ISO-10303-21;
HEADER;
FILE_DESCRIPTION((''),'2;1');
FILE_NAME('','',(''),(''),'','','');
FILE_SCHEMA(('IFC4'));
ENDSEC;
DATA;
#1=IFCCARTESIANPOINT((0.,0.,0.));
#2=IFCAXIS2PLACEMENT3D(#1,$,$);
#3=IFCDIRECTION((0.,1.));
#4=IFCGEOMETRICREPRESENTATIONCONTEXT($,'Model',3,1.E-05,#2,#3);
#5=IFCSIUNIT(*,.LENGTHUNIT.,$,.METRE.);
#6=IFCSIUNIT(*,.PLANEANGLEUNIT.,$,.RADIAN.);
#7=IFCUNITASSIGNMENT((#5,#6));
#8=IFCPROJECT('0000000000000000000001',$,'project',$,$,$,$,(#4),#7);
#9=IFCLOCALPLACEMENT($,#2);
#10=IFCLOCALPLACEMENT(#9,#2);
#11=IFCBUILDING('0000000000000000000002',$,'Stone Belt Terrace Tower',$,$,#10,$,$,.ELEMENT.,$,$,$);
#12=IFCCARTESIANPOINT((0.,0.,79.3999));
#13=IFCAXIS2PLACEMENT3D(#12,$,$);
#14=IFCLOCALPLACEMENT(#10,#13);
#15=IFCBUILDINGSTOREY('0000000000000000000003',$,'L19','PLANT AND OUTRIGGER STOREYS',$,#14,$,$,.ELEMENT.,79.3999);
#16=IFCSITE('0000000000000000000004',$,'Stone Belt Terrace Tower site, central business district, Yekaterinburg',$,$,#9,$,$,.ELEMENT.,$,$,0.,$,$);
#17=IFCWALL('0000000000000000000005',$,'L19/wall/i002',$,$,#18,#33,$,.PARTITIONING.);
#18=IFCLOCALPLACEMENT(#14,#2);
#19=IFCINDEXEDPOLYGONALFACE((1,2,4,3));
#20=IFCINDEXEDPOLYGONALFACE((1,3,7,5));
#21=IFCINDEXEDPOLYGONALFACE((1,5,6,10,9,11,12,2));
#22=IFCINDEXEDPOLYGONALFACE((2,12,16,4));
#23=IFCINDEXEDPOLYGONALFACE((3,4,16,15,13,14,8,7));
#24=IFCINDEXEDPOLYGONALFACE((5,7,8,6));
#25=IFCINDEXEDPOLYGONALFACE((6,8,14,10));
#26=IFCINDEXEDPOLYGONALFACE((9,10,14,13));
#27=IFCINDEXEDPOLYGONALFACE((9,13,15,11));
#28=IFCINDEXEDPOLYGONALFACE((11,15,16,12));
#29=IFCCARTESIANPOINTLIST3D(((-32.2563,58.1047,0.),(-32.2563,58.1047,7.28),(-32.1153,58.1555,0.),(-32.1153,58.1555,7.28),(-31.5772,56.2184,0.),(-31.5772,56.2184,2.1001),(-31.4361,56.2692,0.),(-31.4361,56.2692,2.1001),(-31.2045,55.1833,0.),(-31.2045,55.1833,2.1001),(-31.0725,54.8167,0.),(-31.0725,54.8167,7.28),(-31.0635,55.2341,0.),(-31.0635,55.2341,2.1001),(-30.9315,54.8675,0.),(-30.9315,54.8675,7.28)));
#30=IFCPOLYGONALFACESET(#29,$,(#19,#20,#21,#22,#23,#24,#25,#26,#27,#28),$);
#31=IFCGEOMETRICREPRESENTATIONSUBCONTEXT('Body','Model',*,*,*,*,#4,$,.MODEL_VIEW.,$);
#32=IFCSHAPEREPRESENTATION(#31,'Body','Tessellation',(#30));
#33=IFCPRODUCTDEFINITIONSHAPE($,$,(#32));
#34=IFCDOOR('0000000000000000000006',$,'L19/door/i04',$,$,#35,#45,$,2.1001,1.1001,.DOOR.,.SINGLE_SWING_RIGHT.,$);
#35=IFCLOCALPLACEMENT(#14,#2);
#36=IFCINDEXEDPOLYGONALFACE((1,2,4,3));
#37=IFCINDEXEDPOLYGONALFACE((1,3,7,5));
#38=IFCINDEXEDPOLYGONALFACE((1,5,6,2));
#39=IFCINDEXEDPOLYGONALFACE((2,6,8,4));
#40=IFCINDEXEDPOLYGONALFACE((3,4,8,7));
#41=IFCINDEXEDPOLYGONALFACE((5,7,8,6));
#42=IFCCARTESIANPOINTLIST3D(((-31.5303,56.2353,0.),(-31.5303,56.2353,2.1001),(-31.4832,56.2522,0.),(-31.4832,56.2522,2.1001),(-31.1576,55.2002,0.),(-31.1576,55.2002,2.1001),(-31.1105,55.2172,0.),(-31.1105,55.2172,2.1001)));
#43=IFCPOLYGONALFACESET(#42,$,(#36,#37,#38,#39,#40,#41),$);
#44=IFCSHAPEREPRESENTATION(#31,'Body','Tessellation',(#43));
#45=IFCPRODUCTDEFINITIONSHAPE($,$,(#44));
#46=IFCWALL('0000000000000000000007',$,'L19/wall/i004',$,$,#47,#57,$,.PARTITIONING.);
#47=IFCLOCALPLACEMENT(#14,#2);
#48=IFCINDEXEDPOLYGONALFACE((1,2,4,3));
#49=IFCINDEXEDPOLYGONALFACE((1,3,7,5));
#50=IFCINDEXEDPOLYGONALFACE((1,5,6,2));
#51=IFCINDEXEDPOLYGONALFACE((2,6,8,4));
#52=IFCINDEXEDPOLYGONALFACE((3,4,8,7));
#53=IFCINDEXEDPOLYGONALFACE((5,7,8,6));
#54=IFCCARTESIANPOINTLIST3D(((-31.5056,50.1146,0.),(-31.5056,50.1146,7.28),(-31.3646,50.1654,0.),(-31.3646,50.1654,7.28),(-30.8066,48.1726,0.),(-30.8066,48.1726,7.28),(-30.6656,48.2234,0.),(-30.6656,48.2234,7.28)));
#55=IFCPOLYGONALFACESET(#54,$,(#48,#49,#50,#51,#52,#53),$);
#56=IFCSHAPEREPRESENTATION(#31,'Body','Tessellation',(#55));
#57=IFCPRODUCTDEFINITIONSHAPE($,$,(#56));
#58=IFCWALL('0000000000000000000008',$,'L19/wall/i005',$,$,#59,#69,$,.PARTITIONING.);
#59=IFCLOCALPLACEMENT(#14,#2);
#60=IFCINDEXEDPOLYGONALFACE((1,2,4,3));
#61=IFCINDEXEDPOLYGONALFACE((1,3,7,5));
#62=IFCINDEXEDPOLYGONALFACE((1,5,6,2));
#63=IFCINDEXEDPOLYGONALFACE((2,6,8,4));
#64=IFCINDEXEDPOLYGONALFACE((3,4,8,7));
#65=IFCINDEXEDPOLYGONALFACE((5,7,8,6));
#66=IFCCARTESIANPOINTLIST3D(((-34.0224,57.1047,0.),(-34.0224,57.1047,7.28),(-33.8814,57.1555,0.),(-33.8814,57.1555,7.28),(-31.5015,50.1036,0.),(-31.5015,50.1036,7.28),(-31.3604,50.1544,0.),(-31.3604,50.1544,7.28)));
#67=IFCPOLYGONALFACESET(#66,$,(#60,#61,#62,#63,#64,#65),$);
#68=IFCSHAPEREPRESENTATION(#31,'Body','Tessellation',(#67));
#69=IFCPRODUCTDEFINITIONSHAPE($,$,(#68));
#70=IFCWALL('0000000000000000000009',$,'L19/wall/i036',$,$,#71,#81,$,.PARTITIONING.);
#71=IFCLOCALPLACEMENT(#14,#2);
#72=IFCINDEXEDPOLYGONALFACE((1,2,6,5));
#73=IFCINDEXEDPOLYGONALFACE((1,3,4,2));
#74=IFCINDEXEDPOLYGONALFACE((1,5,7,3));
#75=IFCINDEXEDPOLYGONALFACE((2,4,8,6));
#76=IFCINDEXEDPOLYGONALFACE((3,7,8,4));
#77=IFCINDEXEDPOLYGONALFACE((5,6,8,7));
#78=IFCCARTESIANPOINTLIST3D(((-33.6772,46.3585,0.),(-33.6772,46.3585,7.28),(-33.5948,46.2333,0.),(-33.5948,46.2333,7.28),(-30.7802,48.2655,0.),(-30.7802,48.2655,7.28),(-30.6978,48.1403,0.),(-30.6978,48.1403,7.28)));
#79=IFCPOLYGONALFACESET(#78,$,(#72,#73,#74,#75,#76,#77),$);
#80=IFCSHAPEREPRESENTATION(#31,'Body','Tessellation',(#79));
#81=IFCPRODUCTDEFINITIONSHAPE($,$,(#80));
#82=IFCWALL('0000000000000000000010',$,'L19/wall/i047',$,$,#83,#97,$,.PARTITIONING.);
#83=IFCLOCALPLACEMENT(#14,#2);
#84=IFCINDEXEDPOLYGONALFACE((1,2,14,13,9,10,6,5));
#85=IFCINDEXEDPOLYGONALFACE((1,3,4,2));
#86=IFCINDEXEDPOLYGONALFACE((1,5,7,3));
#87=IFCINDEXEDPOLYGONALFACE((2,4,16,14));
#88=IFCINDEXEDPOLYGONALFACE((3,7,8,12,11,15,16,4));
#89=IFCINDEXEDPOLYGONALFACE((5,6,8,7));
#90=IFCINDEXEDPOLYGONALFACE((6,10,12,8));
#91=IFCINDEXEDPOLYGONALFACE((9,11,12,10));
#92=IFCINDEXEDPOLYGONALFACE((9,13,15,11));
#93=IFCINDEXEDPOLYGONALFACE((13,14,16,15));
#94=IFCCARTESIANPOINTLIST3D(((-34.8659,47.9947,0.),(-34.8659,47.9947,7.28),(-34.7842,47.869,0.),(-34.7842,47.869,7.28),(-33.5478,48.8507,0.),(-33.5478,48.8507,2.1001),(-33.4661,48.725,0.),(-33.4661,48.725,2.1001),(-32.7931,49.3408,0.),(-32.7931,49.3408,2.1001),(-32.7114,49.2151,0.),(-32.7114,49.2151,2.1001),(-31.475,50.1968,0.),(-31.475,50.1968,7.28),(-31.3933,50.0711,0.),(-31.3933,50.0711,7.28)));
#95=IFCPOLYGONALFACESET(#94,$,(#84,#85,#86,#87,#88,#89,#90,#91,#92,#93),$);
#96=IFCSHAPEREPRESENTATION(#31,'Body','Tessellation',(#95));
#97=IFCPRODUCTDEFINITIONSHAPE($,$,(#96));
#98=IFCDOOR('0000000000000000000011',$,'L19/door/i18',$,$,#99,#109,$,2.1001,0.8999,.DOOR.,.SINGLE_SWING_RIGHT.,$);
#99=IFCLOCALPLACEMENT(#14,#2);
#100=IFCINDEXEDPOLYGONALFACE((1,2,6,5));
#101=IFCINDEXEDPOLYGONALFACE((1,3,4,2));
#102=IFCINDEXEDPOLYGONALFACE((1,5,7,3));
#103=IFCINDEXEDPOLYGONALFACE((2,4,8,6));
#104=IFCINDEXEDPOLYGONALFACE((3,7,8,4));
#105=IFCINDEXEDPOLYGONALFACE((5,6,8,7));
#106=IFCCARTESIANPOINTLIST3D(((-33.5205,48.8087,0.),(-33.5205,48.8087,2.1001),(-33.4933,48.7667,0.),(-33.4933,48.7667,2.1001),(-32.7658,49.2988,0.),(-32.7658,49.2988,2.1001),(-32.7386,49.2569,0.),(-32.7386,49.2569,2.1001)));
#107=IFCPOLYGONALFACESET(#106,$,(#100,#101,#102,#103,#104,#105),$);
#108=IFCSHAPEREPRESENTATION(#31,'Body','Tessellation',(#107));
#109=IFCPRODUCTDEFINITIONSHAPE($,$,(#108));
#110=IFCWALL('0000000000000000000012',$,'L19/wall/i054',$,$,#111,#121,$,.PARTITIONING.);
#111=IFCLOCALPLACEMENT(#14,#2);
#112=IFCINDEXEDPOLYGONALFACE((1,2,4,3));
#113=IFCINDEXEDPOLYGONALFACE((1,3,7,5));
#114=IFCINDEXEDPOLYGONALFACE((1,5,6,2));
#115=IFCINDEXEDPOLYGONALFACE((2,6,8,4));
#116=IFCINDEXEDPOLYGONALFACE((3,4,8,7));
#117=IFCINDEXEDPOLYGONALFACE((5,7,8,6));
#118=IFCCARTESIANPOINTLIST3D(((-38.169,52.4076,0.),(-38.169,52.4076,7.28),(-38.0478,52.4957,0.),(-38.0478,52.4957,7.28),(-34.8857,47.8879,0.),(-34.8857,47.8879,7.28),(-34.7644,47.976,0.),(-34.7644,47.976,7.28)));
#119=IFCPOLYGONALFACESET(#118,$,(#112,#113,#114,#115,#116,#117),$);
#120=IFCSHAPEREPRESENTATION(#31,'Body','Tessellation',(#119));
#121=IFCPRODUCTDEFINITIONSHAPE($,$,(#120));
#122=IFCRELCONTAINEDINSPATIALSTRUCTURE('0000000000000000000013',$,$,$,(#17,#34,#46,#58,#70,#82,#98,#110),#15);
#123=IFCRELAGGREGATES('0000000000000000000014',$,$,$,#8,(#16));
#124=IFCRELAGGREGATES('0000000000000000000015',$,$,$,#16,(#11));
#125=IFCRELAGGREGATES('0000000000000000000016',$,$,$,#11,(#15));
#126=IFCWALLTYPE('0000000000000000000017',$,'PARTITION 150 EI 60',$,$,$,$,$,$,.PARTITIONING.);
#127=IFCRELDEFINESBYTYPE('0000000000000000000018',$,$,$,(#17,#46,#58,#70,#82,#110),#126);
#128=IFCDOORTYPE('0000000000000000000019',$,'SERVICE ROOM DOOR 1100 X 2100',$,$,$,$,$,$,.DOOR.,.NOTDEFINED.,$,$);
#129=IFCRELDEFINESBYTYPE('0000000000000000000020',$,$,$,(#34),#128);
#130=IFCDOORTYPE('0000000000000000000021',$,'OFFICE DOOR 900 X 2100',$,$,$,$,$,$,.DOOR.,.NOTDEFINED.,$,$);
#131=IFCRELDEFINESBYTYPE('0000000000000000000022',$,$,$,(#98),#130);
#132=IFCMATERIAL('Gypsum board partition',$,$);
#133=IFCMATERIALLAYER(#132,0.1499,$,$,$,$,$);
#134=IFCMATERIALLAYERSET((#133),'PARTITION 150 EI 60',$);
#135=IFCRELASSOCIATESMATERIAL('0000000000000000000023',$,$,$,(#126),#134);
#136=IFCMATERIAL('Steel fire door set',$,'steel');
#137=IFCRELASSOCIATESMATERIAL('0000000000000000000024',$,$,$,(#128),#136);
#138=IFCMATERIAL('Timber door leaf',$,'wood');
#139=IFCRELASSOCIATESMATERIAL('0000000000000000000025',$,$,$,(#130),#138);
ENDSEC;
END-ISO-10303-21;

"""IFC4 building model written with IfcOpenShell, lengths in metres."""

from ifc_helpers import new_model, si_unit, direction, frame, frame_2d, origin, place, context, subcontext, project, spatial, rectangle, extrude, material, layer, layer_set, type_object, element, fill, save


model = new_model("IFC4")

# Units and contexts
model_context = context("Model", 3, precision=1e-05, world=origin(), true_north=direction((0.0, 1.0)))
body_context = subcontext(model_context, "Body", "Model", "MODEL_VIEW")
ifc_project = project(units=[si_unit("LENGTHUNIT", "METRE"), si_unit("PLANEANGLEUNIT", "RADIAN")], contexts=[model_context])

# Site, building, storey
site_placement = place(None, origin())
site = spatial("IfcSite", under=ifc_project, at=site_placement, Name="Stone Belt Terrace Tower site, central business district, Yekaterinburg", CompositionType="ELEMENT", RefElevation=0.0)
building_placement = place(site_placement, origin())
building = spatial("IfcBuilding", under=site, at=building_placement, Name="Stone Belt Terrace Tower", CompositionType="ELEMENT")
storey_placement = place(building_placement, frame((0.0, 0.0, 79.3999)))
storey = spatial("IfcBuildingStorey", under=building, at=storey_placement, Name="L19", Description="PLANT AND OUTRIGGER STOREYS", CompositionType="ELEMENT", Elevation=79.3999)

# Wall, opening, door
ifc_material_1 = material(Name="Gypsum board partition")
ifc_layer_1 = layer(ifc_material_1, 0.1499)
ifc_layer_set_1 = layer_set([ifc_layer_1], Name="PARTITION 150 EI 60")
wall_type_1 = type_object("IfcWallType", Name="PARTITION 150 EI 60", PredefinedType="PARTITIONING", material=ifc_layer_set_1)
wall_1_placement = place(storey_placement, frame((-32.1858, 58.1301, 0.0), z_axis=(0.0, 0.0, 1.0), x_axis=(0.338752, -0.940876, 0.0)))
wall_1 = element("IfcWall", 1, at=wall_1_placement, inside=storey, type_object=wall_type_1, Name="L19/wall/i002", PredefinedType="PARTITIONING", context=body_context, shape_type="SweptSolid", body=[
    extrude(rectangle(XDim=3.4946, YDim=0.1499, at=frame_2d((1.7473, 0.0))), origin(), (0.0, 0.0, 1.0), 7.28),
])
opening_1_placement = place(wall_1_placement, frame((2.0049, 0.0, 0.0)))
opening_1 = element("IfcOpeningElement", 2, at=opening_1_placement, cuts=wall_1, PredefinedType="OPENING", context=body_context, shape_type="SweptSolid", body=[
    extrude(rectangle(XDim=1.1001, YDim=2.1001, at=frame_2d((0.55, 1.05))), frame((0.0, 0.085, 0.0), z_axis=(0.0, -1.0, 0.0), x_axis=(1.0, 0.0, 0.0)), (0.0, 0.0, 1.0), 0.1699),
])
ifc_material_2 = material(Name="Steel fire door set", Category="steel")
door_type_1 = type_object("IfcDoorType", Name="SERVICE ROOM DOOR 1100 X 2100", OperationType="NOTDEFINED", PredefinedType="DOOR", material=ifc_material_2)
door_1_placement = place(opening_1_placement, origin())
door_1 = element("IfcDoor", 3, at=door_1_placement, inside=storey, type_object=door_type_1, Name="L19/door/i04", OperationType="SINGLE_SWING_RIGHT", OverallHeight=2.1001, OverallWidth=1.1001, PredefinedType="DOOR", context=body_context, shape_type="SweptSolid", body=[
    extrude(rectangle(XDim=1.1001, YDim=2.1001, at=frame_2d((0.55, 1.05))), frame((0.0, 0.0249, 0.0), z_axis=(0.0, -1.0, 0.0), x_axis=(1.0, 0.0, 0.0)), (0.0, 0.0, 1.0), 0.05),
])
fill(opening_1, door_1)

# Walls
wall_2_placement = place(storey_placement, frame((-30.7361, 48.198, 0.0), z_axis=(0.0, 0.0, 1.0), x_axis=(-0.338673, 0.940904, 0.0)))
element("IfcWall", 4, at=wall_2_placement, inside=storey, type_object=wall_type_1, Name="L19/wall/i004", PredefinedType="PARTITIONING", context=body_context, shape_type="SweptSolid", body=[
    extrude(rectangle(XDim=2.064, YDim=0.1499, at=frame_2d((1.032, 0.0))), origin(), (0.0, 0.0, 1.0), 7.28),
])
wall_3_placement = place(storey_placement, frame((-31.4309, 50.1289, 0.0), z_axis=(0.0, 0.0, 1.0), x_axis=(-0.338786, 0.940864, 0.0)))
element("IfcWall", 5, at=wall_3_placement, inside=storey, type_object=wall_type_1, Name="L19/wall/i005", PredefinedType="PARTITIONING", context=body_context, shape_type="SweptSolid", body=[
    extrude(rectangle(XDim=7.4412, YDim=0.1499, at=frame_2d((3.7207, 0.0))), origin(), (0.0, 0.0, 1.0), 7.28),
])
wall_4_placement = place(storey_placement, frame((-33.636, 46.2959, 0.0), z_axis=(0.0, 0.0, 1.0), x_axis=(0.835274, 0.549834, 0.0)))
element("IfcWall", 6, at=wall_4_placement, inside=storey, type_object=wall_type_1, Name="L19/wall/i036", PredefinedType="PARTITIONING", context=body_context, shape_type="SweptSolid", body=[
    extrude(rectangle(XDim=3.4683, YDim=0.1499, at=frame_2d((1.7341, 0.0))), origin(), (0.0, 0.0, 1.0), 7.28),
])

# Wall, opening, door
wall_5_placement = place(storey_placement, frame((-34.825, 47.9319, 0.0), z_axis=(0.0, 0.0, 1.0), x_axis=(0.83866, 0.544655, 0.0)))
wall_5 = element("IfcWall", 7, at=wall_5_placement, inside=storey, type_object=wall_type_1, Name="L19/wall/i047", PredefinedType="PARTITIONING", context=body_context, shape_type="SweptSolid", body=[
    extrude(rectangle(XDim=4.0432, YDim=0.1499, at=frame_2d((2.0215, 0.0))), origin(), (0.0, 0.0, 1.0), 7.28),
])
opening_2_placement = place(wall_5_placement, frame((1.5715, 0.0, 0.0)))
opening_2 = element("IfcOpeningElement", 8, at=opening_2_placement, cuts=wall_5, PredefinedType="OPENING", context=body_context, shape_type="SweptSolid", body=[
    extrude(rectangle(XDim=0.8999, YDim=2.1001, at=frame_2d((0.45, 1.05))), frame((0.0, 0.085, 0.0), z_axis=(0.0, -1.0, 0.0), x_axis=(1.0, 0.0, 0.0)), (0.0, 0.0, 1.0), 0.1699),
])
ifc_material_3 = material(Name="Timber door leaf", Category="wood")
door_type_2 = type_object("IfcDoorType", Name="OFFICE DOOR 900 X 2100", OperationType="NOTDEFINED", PredefinedType="DOOR", material=ifc_material_3)
door_2_placement = place(opening_2_placement, origin())
door_2 = element("IfcDoor", 9, at=door_2_placement, inside=storey, type_object=door_type_2, Name="L19/door/i18", OperationType="SINGLE_SWING_RIGHT", OverallHeight=2.1001, OverallWidth=0.8999, PredefinedType="DOOR", context=body_context, shape_type="SweptSolid", body=[
    extrude(rectangle(XDim=0.8999, YDim=2.1001, at=frame_2d((0.45, 1.05))), frame((0.0, 0.0249, 0.0), z_axis=(0.0, -1.0, 0.0), x_axis=(1.0, 0.0, 0.0)), (0.0, 0.0, 1.0), 0.05),
])
fill(opening_2, door_2)

# Wall
wall_6_placement = place(storey_placement, frame((-38.1084, 52.4517, 0.0), z_axis=(0.0, 0.0, 1.0), x_axis=(0.587743, -0.809048, 0.0)))
element("IfcWall", 10, at=wall_6_placement, inside=storey, type_object=wall_type_1, Name="L19/wall/i054", PredefinedType="PARTITIONING", context=body_context, shape_type="SweptSolid", body=[
    extrude(rectangle(XDim=5.5864, YDim=0.1499, at=frame_2d((2.7932, 0.0))), origin(), (0.0, 0.0, 1.0), 7.28),
])

save(model, "model.ifc")
